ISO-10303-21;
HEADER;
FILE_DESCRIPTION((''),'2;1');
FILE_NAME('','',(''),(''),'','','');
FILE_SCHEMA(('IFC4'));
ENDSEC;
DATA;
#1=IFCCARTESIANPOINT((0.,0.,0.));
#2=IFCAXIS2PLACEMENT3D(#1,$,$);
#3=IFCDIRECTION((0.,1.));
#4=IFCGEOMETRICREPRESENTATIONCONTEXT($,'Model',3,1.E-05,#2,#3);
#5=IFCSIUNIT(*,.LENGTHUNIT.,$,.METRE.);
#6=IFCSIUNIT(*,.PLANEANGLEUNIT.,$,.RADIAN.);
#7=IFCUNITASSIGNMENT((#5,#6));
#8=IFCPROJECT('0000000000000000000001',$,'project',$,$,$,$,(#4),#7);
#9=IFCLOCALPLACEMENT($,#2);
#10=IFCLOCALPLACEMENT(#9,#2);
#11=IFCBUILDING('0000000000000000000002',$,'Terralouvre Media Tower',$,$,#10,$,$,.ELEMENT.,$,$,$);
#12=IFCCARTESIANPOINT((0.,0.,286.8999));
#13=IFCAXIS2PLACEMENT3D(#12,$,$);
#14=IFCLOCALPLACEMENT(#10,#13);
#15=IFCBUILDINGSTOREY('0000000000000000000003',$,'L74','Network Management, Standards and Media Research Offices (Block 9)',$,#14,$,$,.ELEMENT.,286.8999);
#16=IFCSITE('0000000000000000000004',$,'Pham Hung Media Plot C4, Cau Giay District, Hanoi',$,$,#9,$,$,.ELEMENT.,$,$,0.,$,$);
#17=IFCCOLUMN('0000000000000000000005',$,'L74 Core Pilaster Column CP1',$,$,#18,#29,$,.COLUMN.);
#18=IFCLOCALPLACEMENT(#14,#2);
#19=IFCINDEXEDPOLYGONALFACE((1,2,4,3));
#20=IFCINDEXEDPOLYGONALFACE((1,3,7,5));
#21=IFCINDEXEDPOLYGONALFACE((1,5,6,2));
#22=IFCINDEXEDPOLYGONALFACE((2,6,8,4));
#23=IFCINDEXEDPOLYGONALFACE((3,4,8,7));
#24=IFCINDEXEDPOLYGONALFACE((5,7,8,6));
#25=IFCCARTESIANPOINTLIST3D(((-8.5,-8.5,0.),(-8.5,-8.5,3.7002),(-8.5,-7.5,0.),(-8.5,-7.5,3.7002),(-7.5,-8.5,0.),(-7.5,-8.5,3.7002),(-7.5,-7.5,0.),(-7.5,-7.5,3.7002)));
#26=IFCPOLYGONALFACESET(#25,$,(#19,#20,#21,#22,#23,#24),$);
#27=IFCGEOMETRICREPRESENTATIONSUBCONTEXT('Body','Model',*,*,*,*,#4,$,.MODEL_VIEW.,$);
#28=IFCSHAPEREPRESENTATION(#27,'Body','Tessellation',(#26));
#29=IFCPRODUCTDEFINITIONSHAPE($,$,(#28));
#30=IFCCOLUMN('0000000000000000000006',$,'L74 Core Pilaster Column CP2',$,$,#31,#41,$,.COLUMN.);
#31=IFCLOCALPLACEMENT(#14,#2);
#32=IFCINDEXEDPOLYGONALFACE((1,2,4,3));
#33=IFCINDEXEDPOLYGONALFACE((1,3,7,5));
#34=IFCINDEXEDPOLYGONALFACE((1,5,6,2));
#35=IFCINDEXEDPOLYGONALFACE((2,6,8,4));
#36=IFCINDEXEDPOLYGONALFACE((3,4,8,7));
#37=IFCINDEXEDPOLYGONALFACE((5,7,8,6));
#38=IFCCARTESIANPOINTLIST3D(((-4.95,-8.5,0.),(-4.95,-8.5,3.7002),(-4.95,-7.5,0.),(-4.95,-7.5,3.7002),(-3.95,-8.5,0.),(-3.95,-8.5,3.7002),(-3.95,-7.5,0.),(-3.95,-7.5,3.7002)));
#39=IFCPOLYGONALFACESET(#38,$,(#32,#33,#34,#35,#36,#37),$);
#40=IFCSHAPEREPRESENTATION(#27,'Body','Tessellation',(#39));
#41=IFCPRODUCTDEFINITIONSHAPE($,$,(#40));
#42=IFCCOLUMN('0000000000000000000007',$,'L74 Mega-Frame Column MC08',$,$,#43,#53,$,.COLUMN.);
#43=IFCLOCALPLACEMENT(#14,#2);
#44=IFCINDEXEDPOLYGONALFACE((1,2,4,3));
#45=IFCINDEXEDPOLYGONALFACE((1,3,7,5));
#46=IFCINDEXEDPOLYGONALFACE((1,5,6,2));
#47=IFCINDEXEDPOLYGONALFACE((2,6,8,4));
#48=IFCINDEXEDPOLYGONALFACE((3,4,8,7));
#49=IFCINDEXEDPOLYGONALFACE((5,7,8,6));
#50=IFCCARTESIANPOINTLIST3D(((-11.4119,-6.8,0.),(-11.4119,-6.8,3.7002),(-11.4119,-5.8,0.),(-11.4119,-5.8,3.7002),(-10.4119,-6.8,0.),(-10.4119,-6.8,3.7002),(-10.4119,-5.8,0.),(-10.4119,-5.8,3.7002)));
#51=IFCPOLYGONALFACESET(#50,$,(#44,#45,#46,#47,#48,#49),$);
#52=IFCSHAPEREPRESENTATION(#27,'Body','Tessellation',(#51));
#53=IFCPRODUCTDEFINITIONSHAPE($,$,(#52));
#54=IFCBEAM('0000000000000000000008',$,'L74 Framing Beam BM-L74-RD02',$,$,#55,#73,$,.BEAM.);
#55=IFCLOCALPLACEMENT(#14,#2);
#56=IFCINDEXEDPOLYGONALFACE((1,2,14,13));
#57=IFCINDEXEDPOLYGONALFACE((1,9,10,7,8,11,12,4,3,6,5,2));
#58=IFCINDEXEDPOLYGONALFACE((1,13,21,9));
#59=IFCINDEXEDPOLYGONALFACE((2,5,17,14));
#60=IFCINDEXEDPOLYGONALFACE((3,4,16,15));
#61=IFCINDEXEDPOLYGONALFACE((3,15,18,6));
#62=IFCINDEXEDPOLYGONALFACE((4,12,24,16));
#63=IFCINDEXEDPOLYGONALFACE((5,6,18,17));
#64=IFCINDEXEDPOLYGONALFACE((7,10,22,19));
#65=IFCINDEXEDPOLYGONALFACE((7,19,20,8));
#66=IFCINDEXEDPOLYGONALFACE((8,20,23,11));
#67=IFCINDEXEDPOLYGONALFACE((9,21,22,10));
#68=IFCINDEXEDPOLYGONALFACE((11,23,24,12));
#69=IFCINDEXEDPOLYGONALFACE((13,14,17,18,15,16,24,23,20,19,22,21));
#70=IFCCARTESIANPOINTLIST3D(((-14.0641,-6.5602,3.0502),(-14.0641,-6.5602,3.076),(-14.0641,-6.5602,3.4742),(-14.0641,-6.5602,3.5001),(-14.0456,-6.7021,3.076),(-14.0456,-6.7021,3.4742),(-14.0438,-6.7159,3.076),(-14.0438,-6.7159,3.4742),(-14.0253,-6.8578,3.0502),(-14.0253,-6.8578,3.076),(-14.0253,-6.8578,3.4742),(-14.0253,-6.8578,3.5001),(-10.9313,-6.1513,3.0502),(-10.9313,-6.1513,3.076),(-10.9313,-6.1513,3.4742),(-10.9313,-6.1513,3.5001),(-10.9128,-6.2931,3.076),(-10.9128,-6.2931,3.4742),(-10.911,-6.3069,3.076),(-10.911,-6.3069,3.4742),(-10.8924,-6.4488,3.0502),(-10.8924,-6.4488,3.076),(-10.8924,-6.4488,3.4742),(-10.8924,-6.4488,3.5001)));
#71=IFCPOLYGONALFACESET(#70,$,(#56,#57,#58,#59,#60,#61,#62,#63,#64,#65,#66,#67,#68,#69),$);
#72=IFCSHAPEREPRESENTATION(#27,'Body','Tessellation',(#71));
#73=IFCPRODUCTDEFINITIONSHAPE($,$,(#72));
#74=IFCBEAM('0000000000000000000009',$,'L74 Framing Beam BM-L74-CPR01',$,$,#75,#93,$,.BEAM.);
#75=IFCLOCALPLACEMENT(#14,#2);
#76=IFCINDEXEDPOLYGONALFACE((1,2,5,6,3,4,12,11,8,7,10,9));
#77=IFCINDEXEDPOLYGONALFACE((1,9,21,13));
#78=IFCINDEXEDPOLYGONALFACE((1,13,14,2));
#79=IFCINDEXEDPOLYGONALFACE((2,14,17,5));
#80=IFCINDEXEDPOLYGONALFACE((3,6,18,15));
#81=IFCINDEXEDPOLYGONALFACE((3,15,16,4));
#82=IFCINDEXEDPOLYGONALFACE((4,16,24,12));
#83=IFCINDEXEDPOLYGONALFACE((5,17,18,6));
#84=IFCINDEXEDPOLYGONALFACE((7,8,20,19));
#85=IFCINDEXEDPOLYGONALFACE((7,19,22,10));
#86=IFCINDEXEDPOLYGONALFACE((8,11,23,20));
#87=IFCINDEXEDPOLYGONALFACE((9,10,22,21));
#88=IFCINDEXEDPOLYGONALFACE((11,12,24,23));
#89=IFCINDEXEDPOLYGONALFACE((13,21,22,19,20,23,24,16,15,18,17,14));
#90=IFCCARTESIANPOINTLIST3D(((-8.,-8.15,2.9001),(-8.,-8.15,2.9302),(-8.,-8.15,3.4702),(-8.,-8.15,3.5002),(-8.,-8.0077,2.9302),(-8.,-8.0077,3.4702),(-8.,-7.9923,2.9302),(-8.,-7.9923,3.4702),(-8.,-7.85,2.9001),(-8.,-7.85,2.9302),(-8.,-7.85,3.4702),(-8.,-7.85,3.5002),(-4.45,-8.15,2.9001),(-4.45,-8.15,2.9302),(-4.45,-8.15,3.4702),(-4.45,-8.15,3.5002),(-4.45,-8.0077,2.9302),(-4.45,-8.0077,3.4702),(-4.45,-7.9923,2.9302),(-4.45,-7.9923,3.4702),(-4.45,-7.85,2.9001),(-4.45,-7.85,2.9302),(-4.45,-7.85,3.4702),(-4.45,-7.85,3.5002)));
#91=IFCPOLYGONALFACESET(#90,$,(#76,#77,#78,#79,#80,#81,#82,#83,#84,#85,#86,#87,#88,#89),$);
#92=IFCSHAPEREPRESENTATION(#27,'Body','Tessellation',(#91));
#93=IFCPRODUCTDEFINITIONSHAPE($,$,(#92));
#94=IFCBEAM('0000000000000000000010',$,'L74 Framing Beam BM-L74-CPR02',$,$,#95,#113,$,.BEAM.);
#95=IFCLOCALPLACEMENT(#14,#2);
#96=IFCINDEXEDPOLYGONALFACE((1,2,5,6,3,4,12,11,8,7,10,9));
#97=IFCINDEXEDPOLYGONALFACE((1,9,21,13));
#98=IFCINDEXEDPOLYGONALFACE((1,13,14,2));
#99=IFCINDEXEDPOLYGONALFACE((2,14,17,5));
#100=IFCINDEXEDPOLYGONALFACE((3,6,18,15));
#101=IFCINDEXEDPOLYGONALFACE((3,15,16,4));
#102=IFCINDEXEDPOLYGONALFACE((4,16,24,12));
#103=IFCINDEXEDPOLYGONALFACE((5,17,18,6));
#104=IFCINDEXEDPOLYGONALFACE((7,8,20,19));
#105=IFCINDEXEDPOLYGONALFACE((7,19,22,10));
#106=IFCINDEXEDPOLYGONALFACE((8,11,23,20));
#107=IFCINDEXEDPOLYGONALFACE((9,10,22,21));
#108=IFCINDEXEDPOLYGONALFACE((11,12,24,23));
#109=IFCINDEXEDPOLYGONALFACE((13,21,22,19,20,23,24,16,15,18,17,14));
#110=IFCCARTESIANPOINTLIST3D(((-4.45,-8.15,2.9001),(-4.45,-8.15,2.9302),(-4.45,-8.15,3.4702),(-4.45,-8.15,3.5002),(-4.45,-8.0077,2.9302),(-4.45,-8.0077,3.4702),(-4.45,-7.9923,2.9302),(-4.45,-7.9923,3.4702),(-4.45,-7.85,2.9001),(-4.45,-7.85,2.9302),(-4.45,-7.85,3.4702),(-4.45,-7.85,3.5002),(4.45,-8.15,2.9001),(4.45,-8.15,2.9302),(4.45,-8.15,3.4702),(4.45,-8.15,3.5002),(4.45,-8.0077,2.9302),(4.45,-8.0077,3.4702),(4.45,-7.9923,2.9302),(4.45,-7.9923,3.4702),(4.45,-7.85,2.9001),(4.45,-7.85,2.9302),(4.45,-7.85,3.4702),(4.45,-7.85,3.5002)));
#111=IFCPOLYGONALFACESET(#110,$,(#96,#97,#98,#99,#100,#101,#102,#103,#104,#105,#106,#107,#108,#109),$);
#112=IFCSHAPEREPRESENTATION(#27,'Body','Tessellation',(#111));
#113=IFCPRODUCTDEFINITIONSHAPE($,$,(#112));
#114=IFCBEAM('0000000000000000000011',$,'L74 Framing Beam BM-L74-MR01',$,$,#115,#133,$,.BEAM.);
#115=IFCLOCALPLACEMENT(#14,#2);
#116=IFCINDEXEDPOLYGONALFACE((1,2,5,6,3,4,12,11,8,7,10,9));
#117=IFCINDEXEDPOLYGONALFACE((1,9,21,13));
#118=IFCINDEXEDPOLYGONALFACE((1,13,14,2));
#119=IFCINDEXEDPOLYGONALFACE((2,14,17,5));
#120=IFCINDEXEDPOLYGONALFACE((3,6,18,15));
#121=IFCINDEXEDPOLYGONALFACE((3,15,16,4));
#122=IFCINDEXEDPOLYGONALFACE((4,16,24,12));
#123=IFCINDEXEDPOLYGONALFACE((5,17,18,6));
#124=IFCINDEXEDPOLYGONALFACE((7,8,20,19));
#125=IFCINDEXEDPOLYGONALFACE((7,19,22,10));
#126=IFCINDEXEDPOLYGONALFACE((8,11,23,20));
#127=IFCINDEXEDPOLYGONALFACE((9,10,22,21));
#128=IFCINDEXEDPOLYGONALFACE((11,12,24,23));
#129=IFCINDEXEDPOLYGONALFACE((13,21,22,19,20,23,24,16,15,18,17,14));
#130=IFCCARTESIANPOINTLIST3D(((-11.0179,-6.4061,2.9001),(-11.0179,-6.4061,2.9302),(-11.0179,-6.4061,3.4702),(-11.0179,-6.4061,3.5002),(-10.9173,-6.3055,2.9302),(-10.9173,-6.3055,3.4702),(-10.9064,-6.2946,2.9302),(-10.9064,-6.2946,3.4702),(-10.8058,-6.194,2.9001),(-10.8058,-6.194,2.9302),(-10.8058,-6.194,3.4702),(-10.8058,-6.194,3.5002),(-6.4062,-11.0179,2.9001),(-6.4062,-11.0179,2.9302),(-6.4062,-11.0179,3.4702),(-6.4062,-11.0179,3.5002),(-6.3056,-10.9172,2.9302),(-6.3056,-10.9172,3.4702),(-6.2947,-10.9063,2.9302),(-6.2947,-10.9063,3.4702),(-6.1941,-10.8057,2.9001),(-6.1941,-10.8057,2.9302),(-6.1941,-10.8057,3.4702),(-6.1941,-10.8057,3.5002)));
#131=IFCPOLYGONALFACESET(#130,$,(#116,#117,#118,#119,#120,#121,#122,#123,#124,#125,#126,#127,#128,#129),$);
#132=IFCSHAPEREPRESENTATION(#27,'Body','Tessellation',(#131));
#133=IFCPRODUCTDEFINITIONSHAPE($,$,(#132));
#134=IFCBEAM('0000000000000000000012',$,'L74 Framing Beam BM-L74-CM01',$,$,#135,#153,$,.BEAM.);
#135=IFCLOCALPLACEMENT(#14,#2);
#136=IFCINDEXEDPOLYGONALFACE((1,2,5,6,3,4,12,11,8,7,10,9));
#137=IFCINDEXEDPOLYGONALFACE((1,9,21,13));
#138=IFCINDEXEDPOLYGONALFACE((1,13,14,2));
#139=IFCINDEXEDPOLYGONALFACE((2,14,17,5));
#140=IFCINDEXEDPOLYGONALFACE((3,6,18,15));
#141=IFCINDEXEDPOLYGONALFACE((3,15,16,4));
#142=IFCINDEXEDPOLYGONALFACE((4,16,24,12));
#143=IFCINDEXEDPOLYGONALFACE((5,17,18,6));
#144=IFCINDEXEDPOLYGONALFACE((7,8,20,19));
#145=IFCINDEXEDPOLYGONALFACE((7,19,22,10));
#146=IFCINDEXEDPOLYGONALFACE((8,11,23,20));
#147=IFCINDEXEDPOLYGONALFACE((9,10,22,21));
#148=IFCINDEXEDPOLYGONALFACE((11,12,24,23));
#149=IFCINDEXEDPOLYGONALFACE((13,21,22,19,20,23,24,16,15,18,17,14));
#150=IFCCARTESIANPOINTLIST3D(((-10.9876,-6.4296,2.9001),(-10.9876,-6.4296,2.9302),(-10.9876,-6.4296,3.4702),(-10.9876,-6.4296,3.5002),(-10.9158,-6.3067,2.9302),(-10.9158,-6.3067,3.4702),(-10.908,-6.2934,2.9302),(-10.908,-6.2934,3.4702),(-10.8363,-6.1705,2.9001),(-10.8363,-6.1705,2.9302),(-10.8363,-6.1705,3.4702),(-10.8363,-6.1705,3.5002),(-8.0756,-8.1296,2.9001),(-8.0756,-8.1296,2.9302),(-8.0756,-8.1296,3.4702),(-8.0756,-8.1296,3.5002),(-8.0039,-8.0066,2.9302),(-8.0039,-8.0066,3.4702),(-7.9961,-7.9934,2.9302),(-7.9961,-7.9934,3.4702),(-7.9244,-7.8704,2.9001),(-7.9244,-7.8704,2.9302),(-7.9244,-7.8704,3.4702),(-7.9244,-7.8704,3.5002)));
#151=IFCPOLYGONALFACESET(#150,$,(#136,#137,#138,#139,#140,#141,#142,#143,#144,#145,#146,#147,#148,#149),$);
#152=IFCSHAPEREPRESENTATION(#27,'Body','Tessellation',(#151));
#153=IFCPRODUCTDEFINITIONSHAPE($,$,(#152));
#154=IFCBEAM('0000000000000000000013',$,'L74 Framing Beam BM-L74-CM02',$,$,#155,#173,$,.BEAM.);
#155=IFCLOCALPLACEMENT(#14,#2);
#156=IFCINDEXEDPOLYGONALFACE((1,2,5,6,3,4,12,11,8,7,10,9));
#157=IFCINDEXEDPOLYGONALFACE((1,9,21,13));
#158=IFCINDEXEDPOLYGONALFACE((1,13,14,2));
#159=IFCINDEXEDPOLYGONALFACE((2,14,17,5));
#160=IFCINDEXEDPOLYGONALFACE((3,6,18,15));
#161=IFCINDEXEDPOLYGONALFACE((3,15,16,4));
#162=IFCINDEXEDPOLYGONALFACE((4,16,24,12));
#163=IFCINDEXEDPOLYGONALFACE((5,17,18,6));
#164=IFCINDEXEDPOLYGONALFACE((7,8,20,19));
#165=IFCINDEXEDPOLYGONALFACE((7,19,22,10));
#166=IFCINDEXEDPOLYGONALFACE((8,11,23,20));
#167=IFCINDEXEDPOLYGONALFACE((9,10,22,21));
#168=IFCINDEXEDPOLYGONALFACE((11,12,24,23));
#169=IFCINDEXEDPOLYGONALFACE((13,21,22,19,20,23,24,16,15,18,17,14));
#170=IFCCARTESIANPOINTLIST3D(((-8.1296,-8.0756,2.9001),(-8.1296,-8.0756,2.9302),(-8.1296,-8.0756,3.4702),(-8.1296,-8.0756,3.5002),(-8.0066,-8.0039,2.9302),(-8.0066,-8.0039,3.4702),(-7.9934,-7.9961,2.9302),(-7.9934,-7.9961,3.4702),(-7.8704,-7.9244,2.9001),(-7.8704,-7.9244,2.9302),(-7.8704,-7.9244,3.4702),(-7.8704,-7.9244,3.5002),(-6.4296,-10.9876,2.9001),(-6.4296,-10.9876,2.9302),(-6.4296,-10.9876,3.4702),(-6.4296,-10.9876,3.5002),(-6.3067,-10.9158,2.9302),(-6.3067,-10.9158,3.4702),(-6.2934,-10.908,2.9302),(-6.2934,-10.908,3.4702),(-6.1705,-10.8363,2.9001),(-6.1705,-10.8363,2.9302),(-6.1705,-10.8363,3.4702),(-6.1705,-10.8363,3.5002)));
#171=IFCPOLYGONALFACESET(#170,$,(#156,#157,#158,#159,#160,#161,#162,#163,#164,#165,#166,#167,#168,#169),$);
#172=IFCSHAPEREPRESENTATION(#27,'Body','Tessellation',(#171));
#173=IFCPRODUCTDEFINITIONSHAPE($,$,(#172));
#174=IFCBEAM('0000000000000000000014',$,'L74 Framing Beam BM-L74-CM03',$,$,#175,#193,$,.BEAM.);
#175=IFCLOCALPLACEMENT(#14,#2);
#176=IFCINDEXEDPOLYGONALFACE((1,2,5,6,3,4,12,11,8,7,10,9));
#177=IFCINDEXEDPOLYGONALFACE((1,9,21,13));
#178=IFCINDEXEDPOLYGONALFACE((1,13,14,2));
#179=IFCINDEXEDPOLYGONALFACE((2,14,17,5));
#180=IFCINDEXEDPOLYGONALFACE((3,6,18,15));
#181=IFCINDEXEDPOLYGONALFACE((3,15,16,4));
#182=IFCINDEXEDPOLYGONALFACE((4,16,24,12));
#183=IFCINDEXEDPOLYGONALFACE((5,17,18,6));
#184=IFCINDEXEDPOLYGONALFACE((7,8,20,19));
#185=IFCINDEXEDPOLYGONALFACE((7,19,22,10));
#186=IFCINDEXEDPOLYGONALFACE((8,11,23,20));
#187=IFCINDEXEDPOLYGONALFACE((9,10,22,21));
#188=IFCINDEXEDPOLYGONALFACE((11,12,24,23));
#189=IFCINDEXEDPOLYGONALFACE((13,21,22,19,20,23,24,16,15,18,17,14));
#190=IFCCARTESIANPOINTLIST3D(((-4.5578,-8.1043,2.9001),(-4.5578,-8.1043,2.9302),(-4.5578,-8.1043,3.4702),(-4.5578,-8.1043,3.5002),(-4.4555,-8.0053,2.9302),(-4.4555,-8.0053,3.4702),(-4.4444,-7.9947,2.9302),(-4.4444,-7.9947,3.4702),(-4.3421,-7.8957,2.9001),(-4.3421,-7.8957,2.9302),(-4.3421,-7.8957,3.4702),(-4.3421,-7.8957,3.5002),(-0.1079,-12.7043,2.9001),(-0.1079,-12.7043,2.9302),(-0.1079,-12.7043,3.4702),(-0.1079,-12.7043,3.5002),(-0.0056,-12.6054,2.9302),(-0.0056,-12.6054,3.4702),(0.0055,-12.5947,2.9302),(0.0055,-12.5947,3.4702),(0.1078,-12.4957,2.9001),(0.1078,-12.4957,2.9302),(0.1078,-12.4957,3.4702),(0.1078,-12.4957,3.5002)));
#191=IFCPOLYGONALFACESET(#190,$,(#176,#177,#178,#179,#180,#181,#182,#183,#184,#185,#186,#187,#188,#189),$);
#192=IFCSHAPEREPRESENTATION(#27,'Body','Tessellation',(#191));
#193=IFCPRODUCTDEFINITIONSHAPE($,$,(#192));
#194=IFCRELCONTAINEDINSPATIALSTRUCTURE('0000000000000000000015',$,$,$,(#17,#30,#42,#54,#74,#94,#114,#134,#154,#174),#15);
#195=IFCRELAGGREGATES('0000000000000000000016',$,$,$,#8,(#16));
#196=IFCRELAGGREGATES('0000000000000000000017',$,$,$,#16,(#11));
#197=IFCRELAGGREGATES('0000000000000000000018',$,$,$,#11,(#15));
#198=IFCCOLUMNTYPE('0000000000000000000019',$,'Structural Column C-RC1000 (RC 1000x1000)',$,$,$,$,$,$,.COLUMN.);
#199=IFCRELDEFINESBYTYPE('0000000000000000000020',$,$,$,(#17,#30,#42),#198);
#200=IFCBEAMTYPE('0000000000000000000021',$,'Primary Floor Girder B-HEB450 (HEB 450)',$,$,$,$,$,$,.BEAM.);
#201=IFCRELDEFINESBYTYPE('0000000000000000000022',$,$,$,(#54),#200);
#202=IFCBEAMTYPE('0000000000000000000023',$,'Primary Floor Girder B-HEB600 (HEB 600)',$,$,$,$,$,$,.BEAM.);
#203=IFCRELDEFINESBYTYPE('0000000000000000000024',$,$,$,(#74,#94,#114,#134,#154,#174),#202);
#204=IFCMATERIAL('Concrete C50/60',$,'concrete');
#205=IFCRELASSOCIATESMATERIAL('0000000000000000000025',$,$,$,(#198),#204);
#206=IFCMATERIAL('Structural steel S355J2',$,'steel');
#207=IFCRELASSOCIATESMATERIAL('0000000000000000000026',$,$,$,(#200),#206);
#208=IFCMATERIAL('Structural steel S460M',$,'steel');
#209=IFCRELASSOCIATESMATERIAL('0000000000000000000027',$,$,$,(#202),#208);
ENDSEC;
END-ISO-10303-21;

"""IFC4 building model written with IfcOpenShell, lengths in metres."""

from ifc_helpers import new_model, si_unit, direction, frame, origin, origin_2d, place, context, subcontext, project, spatial, rectangle, i_section, extrude, material, material_profile, profile_set, type_object, element, save


model = new_model("IFC4")

# Units and contexts
model_context = context("Model", 3, precision=1e-05, world=origin(), true_north=direction((0.0, 1.0)))
body_context = subcontext(model_context, "Body", "Model", "MODEL_VIEW")
ifc_project = project(units=[si_unit("LENGTHUNIT", "METRE"), si_unit("PLANEANGLEUNIT", "RADIAN")], contexts=[model_context])

# Site, building, storey
site_placement = place(None, origin())
site = spatial("IfcSite", under=ifc_project, at=site_placement, Name="Pham Hung Media Plot C4, Cau Giay District, Hanoi", CompositionType="ELEMENT", RefElevation=0.0)
building_placement = place(site_placement, origin())
building = spatial("IfcBuilding", under=site, at=building_placement, Name="Terralouvre Media Tower", CompositionType="ELEMENT")
storey_placement = place(building_placement, frame((0.0, 0.0, 286.8999)))
storey = spatial("IfcBuildingStorey", under=building, at=storey_placement, Name="L74", Description="Network Management, Standards and Media Research Offices (Block 9)", CompositionType="ELEMENT", Elevation=286.8999)

# Columns
ifc_material_1 = material(Name="Concrete C50/60", Category="concrete")
ifc_material_profile_1 = material_profile(ifc_material_1, rectangle(XDim=1.0, YDim=1.0, at=origin_2d()), Name="RC 1000x1000")
ifc_profile_set_1 = profile_set([ifc_material_profile_1], Name="Concrete C50/60")
column_type = type_object("IfcColumnType", Name="Structural Column C-RC1000 (RC 1000x1000)", PredefinedType="COLUMN", material=ifc_profile_set_1)
for number, where, z_axis, x_axis, name in (
    (1, (-8.0, -8.0, 0.0), (0.0, 0.0, 1.0), (1.0, 0.0, 0.0), "L74 Core Pilaster Column CP1"),
    (2, (-4.45, -8.0, 0.0), (0.0, 0.0, 1.0), (1.0, 0.0, 0.0), "L74 Core Pilaster Column CP2"),
    (3, (-10.9119, -6.3, 0.0), (0.0, 0.0, 1.0), (1.0, 0.0, 0.0), "L74 Mega-Frame Column MC08"),
):
    element("IfcColumn", number, at=place(storey_placement, frame(where, z_axis=z_axis, x_axis=x_axis)), inside=storey, type_object=column_type, Name=name, PredefinedType="COLUMN", context=body_context, shape_type="SweptSolid", body=[
        extrude(rectangle(XDim=1.0, YDim=1.0, at=origin_2d()), origin(), (0.0, 0.0, 1.0), 3.7002),
    ])

# Beams
ifc_material_2 = material(Name="Structural steel S355J2", Category="steel")
ifc_material_profile_2 = material_profile(ifc_material_2, i_section(OverallWidth=0.3, OverallDepth=0.45, WebThickness=0.0139, FlangeThickness=0.0259, at=origin_2d()), Name="HEB 450")
ifc_profile_set_2 = profile_set([ifc_material_profile_2], Name="Structural steel S355J2")
beam_type_1 = type_object("IfcBeamType", Name="Primary Floor Girder B-HEB450 (HEB 450)", PredefinedType="BEAM", material=ifc_profile_set_2)
beam_1_placement = place(storey_placement, frame((-10.9119, -6.3, 3.2751), z_axis=(-0.991588, -0.129435, 0.0), x_axis=(0.129435, -0.991588, 0.0)))
element("IfcBeam", 4, at=beam_1_placement, inside=storey, type_object=beam_type_1, Name="L74 Framing Beam BM-L74-RD02", PredefinedType="BEAM", context=body_context, shape_type="SweptSolid", body=[
    extrude(i_section(OverallWidth=0.3, OverallDepth=0.45, WebThickness=0.0139, FlangeThickness=0.0259, at=origin_2d()), origin(), (0.0, 0.0, 1.0), 3.1594),
])
ifc_material_3 = material(Name="Structural steel S460M", Category="steel")
ifc_material_profile_3 = material_profile(ifc_material_3, i_section(OverallWidth=0.3, OverallDepth=0.6001, WebThickness=0.0154, FlangeThickness=0.03, at=origin_2d()), Name="HEB 600")
ifc_profile_set_3 = profile_set([ifc_material_profile_3], Name="Structural steel S460M")
beam_type_2 = type_object("IfcBeamType", Name="Primary Floor Girder B-HEB600 (HEB 600)", PredefinedType="BEAM", material=ifc_profile_set_3)
beam_2_placement = place(storey_placement, frame((-8.0, -8.0, 3.2002), z_axis=(1.0, 0.0, 0.0), x_axis=(0.0, 1.0, 0.0)))
element("IfcBeam", 5, at=beam_2_placement, inside=storey, type_object=beam_type_2, Name="L74 Framing Beam BM-L74-CPR01", PredefinedType="BEAM", context=body_context, shape_type="SweptSolid", body=[
    extrude(i_section(OverallWidth=0.3, OverallDepth=0.6001, WebThickness=0.0154, FlangeThickness=0.03, at=origin_2d()), origin(), (0.0, 0.0, 1.0), 3.55),
])
beam_3_placement = place(storey_placement, frame((-4.45, -8.0, 3.2002), z_axis=(1.0, 0.0, 0.0), x_axis=(0.0, 1.0, 0.0)))
element("IfcBeam", 6, at=beam_3_placement, inside=storey, type_object=beam_type_2, Name="L74 Framing Beam BM-L74-CPR02", PredefinedType="BEAM", context=body_context, shape_type="SweptSolid", body=[
    extrude(i_section(OverallWidth=0.3, OverallDepth=0.6001, WebThickness=0.0154, FlangeThickness=0.03, at=origin_2d()), origin(), (0.0, 0.0, 1.0), 8.8999),
])
beam_4_placement = place(storey_placement, frame((-10.9119, -6.3, 3.2002), z_axis=(0.707107, -0.707107, 0.0), x_axis=(0.707107, 0.707107, 0.0)))
element("IfcBeam", 7, at=beam_4_placement, inside=storey, type_object=beam_type_2, Name="L74 Framing Beam BM-L74-MR01", PredefinedType="BEAM", context=body_context, shape_type="SweptSolid", body=[
    extrude(i_section(OverallWidth=0.3, OverallDepth=0.6001, WebThickness=0.0154, FlangeThickness=0.03, at=origin_2d()), origin(), (0.0, 0.0, 1.0), 6.522),
])
for number, where, z_axis, x_axis, name in (
    (8, (-8.0, -8.0, 3.2002), (-0.863603, 0.504173, 0.0), (-0.504173, -0.863603, 0.0), "L74 Framing Beam BM-L74-CM01"),
    (9, (-8.0, -8.0, 3.2002), (0.504173, -0.863603, 0.0), (0.863603, 0.504173, 0.0), "L74 Framing Beam BM-L74-CM02"),
):
    element("IfcBeam", number, at=place(storey_placement, frame(where, z_axis=z_axis, x_axis=x_axis)), inside=storey, type_object=beam_type_2, Name=name, PredefinedType="BEAM", context=body_context, shape_type="SweptSolid", body=[
        extrude(i_section(OverallWidth=0.3, OverallDepth=0.6001, WebThickness=0.0154, FlangeThickness=0.03, at=origin_2d()), origin(), (0.0, 0.0, 1.0), 3.3718),
    ])
beam_5_placement = place(storey_placement, frame((-4.45, -8.0, 3.2002), z_axis=(0.69528, -0.718739, 0.0), x_axis=(0.718739, 0.69528, 0.0)))
element("IfcBeam", 10, at=beam_5_placement, inside=storey, type_object=beam_type_2, Name="L74 Framing Beam BM-L74-CM03", PredefinedType="BEAM", context=body_context, shape_type="SweptSolid", body=[
    extrude(i_section(OverallWidth=0.3, OverallDepth=0.6001, WebThickness=0.0154, FlangeThickness=0.03, at=origin_2d()), origin(), (0.0, 0.0, 1.0), 6.4001),
])

save(model, "model.ifc")
